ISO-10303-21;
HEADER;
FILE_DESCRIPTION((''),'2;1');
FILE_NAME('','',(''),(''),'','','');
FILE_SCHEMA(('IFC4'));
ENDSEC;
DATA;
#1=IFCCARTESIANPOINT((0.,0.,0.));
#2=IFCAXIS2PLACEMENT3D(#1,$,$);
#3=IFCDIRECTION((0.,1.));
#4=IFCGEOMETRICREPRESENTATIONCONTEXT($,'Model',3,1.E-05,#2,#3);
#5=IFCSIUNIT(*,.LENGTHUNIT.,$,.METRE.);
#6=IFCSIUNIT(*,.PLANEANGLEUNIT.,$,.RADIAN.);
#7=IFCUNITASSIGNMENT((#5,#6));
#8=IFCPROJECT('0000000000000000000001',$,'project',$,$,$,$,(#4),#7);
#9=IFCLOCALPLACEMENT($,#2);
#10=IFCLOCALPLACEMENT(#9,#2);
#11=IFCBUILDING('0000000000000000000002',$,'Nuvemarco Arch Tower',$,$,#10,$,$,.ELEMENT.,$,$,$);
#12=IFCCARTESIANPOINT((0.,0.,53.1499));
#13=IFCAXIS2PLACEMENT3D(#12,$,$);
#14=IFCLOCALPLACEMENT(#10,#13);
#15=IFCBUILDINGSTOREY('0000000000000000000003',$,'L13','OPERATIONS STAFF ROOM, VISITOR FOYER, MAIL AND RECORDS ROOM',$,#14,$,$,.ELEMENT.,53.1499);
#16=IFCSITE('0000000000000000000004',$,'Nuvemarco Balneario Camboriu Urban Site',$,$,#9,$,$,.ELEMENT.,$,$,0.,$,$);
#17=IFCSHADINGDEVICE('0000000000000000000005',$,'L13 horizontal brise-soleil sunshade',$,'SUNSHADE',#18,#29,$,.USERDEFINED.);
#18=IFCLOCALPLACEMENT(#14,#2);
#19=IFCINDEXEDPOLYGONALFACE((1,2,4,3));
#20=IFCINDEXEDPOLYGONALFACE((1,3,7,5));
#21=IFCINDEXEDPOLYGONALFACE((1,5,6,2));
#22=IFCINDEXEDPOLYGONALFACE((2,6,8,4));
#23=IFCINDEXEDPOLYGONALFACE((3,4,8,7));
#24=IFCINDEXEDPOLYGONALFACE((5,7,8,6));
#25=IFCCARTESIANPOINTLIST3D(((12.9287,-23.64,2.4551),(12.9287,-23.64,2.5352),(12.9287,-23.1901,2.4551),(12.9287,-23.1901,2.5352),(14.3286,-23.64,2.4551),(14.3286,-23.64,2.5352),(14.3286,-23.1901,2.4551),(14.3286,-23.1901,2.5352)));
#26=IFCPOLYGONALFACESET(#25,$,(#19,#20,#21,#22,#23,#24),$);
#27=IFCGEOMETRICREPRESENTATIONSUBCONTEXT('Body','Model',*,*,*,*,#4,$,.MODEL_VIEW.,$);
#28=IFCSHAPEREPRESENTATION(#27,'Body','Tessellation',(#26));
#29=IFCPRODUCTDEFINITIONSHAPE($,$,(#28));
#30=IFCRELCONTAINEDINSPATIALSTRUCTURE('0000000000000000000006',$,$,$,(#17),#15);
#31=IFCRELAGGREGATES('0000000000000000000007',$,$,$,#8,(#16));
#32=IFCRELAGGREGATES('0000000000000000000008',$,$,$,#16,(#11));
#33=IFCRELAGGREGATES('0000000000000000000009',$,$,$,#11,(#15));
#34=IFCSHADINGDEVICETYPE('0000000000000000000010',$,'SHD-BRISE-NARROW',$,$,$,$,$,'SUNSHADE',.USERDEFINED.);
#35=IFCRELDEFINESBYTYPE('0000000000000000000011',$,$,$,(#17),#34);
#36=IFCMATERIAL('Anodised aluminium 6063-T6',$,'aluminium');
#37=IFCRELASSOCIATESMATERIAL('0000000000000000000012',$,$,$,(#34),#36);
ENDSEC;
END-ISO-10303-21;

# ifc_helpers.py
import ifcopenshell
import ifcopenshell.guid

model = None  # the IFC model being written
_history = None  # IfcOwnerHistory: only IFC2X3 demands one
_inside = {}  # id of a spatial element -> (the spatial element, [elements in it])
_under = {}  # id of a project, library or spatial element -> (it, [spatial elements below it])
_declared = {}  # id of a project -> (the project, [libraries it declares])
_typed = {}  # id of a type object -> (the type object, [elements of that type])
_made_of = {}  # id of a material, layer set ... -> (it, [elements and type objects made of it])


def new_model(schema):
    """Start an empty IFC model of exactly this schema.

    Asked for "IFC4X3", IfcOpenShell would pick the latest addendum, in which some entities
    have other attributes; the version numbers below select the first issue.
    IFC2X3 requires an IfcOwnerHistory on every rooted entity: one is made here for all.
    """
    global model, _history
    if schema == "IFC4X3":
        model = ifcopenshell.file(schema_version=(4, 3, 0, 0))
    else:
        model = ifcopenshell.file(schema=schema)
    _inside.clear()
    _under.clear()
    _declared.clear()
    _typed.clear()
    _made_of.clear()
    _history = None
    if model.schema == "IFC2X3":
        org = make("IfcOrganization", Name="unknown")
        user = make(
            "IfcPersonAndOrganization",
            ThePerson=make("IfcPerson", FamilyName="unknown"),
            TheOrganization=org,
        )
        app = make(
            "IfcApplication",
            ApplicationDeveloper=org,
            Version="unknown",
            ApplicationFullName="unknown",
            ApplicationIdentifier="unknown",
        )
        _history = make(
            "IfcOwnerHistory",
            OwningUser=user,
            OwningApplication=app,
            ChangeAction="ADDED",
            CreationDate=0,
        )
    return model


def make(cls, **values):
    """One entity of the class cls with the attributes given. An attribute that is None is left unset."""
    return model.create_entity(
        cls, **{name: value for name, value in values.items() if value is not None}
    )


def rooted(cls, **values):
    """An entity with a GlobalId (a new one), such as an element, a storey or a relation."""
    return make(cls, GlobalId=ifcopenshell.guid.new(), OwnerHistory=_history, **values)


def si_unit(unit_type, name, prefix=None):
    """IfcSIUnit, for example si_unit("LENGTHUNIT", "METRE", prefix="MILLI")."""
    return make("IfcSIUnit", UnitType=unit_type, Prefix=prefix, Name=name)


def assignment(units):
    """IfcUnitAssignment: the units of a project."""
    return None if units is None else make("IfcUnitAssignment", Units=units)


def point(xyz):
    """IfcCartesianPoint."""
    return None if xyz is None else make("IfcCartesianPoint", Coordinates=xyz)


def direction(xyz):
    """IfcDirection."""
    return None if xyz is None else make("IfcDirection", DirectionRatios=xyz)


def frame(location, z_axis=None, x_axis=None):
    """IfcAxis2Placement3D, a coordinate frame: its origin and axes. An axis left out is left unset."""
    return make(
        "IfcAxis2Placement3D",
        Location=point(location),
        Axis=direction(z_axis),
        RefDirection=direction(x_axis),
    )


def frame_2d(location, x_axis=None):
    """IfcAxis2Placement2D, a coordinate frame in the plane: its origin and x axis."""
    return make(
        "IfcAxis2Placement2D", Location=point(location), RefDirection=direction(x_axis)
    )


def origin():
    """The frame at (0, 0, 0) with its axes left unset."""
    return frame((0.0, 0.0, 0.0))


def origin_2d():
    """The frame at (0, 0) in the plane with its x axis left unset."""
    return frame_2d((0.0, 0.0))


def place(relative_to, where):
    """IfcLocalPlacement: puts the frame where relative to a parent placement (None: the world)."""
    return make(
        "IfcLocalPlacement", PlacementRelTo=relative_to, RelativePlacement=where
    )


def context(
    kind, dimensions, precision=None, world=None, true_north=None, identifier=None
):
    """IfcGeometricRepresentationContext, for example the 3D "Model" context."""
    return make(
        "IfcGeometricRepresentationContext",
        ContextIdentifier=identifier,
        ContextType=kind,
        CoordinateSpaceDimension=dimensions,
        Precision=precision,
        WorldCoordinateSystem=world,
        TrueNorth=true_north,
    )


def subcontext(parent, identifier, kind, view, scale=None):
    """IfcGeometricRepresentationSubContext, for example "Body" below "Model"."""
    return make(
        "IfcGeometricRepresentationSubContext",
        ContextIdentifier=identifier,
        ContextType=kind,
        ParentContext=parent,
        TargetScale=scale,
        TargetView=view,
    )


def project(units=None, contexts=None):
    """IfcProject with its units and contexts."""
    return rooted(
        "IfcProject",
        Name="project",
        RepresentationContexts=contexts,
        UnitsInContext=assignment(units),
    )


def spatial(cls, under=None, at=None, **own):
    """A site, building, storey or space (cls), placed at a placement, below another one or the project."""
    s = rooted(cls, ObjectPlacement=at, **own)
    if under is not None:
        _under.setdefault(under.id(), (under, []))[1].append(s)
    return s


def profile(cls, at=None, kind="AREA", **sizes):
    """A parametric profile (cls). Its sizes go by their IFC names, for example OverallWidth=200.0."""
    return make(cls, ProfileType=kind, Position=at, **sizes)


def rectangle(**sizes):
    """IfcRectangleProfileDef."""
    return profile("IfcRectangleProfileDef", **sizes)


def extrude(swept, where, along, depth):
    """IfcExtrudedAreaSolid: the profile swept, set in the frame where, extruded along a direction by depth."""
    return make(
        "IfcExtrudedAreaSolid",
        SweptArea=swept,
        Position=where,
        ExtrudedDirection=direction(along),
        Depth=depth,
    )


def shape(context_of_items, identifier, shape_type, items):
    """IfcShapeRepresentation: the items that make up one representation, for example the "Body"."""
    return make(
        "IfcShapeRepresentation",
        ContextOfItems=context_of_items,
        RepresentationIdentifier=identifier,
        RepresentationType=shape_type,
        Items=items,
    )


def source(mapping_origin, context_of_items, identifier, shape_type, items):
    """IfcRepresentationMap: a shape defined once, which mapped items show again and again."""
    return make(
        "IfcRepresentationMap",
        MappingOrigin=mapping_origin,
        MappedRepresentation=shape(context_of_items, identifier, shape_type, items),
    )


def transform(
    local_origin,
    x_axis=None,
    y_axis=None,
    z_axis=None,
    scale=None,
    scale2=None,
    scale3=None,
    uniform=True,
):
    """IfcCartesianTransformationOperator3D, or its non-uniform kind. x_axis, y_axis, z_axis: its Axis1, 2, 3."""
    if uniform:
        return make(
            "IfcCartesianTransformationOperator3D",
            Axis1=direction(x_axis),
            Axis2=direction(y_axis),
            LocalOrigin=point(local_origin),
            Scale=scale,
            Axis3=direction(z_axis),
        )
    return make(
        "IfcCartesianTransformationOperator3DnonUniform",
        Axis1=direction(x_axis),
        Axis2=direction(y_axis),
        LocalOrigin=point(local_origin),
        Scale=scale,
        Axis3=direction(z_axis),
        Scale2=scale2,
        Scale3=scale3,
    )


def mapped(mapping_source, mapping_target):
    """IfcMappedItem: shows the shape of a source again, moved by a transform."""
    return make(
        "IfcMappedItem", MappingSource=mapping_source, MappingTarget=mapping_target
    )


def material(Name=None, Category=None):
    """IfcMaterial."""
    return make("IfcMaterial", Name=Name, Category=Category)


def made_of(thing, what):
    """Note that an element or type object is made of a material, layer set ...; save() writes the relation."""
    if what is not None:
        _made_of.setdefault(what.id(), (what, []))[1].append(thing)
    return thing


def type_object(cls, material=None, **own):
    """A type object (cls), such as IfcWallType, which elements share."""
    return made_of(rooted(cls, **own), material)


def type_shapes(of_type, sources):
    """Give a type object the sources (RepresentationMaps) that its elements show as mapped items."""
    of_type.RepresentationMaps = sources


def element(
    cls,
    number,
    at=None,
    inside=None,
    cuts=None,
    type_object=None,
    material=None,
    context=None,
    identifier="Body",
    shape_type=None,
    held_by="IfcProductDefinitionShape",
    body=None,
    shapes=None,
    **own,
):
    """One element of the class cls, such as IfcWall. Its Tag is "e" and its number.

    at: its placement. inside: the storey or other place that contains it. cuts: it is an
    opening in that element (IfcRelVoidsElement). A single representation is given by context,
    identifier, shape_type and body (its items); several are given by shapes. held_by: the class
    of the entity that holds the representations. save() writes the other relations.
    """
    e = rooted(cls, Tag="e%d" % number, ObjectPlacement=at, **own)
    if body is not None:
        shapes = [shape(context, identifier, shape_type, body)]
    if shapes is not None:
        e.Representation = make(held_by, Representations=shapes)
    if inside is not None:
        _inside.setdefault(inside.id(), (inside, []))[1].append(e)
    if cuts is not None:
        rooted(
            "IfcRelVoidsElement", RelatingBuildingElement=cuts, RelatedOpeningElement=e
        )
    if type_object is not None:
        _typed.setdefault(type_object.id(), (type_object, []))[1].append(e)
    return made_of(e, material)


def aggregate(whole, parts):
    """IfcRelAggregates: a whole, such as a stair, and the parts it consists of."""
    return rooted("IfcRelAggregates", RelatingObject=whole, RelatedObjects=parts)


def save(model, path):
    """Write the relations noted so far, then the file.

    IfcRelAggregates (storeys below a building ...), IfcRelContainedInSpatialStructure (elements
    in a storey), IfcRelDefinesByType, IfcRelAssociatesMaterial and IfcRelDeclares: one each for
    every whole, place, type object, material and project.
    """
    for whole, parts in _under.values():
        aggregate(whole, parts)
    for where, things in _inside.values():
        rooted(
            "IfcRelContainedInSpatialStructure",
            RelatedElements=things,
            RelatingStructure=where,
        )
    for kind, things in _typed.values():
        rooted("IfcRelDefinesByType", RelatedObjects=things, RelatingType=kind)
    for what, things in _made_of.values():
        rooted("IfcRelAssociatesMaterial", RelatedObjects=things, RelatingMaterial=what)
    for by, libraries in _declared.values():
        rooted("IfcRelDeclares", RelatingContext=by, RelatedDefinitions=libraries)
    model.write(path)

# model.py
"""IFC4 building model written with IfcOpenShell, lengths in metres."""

from ifc_helpers import new_model, si_unit, direction, frame, origin, origin_2d, place, context, subcontext, project, spatial, rectangle, extrude, source, transform, mapped, material, type_object, type_shapes, element, save


model = new_model("IFC4")

# Units and contexts
model_context = context("Model", 3, precision=1e-05, world=origin(), true_north=direction((0.0, 1.0)))
body_context = subcontext(model_context, "Body", "Model", "MODEL_VIEW")
ifc_project = project(units=[si_unit("LENGTHUNIT", "METRE"), si_unit("PLANEANGLEUNIT", "RADIAN")], contexts=[model_context])

# Site, building, storey
site_placement = place(None, origin())
site = spatial("IfcSite", under=ifc_project, at=site_placement, Name="Nuvemarco Balneario Camboriu Urban Site", CompositionType="ELEMENT", RefElevation=0.0)
building_placement = place(site_placement, origin())
building = spatial("IfcBuilding", under=site, at=building_placement, Name="Nuvemarco Arch Tower", CompositionType="ELEMENT")
storey_placement = place(building_placement, frame((0.0, 0.0, 53.1499)))
storey = spatial("IfcBuildingStorey", under=building, at=storey_placement, Name="L13", Description="OPERATIONS STAFF ROOM, VISITOR FOYER, MAIL AND RECORDS ROOM", CompositionType="ELEMENT", Elevation=53.1499)

# Shading device
ifc_material_1 = material(Name="Anodised aluminium 6063-T6", Category="aluminium")
shading_device_type_1 = type_object("IfcShadingDeviceType", Name="SHD-BRISE-NARROW", ElementType="SUNSHADE", PredefinedType="USERDEFINED", material=ifc_material_1)
shared_shape_1 = source(origin(), body_context, "Body", "SweptSolid", [
    extrude(rectangle(XDim=1.3999, YDim=0.45, at=origin_2d()), origin(), (0.0, 0.0, 1.0), 0.0801),
])
type_shapes(shading_device_type_1, [shared_shape_1])
shading_device_1_placement = place(storey_placement, frame((13.6287, -23.415, 2.4551), z_axis=(0.0, 0.0, 1.0), x_axis=(1.0, 0.0, 0.0)))
element("IfcShadingDevice", 1, at=shading_device_1_placement, inside=storey, type_object=shading_device_type_1, Name="L13 horizontal brise-soleil sunshade", ObjectType="SUNSHADE", PredefinedType="USERDEFINED", context=body_context, shape_type="MappedRepresentation", body=[
    mapped(shared_shape_1, transform((0.0, 0.0, 0.0), scale=1.0)),
])

save(model, "model.ifc")
